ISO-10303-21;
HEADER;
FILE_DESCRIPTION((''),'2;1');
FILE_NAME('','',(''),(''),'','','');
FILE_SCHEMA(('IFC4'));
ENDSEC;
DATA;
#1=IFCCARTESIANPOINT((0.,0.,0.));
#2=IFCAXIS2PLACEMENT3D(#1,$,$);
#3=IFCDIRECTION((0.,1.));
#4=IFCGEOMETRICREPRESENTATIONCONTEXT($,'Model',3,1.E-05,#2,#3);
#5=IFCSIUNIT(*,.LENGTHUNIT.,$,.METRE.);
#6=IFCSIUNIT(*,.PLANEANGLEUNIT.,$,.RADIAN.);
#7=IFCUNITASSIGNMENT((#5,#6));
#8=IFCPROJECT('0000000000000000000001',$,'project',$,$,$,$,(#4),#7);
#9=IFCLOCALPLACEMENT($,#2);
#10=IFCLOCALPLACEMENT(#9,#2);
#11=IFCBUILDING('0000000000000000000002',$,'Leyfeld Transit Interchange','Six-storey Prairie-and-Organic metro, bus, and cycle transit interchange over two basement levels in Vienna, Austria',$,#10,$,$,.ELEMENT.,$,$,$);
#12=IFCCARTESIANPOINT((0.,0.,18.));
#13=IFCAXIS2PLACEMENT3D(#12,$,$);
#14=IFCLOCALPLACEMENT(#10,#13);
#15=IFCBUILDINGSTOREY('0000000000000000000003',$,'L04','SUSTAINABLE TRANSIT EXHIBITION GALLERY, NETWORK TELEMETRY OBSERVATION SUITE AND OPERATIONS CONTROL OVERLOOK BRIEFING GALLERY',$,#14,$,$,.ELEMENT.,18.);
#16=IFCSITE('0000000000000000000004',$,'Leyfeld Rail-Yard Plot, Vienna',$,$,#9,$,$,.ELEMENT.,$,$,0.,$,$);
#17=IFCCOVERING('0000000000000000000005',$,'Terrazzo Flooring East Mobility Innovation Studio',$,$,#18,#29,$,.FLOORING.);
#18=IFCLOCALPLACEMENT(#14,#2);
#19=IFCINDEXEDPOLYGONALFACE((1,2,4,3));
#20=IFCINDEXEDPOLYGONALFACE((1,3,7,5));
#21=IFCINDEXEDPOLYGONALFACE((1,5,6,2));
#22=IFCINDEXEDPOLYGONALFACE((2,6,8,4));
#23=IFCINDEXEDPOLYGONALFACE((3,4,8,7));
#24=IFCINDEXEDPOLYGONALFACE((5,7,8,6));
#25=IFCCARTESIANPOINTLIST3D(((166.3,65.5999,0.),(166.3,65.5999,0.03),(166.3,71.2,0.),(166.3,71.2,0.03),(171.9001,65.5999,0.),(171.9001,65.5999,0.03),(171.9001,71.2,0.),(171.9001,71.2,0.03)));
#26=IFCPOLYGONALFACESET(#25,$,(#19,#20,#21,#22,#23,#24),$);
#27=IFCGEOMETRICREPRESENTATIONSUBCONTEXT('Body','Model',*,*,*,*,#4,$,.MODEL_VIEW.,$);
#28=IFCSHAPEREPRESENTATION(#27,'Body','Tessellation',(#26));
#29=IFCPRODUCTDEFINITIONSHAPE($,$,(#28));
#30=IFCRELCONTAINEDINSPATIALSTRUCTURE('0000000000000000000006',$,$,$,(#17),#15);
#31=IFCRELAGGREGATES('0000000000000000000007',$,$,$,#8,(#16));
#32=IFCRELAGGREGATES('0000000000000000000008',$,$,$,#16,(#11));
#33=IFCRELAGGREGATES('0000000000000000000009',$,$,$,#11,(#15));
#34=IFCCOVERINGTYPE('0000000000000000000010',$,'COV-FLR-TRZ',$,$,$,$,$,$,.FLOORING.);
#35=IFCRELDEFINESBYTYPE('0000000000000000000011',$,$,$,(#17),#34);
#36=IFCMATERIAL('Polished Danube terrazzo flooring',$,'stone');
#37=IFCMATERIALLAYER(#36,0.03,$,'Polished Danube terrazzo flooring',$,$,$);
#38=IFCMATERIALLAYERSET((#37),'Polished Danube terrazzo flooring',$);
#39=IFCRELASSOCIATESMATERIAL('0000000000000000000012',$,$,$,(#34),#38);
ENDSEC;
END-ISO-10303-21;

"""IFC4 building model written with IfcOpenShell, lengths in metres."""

from ifc_helpers import new_model, si_unit, direction, frame, origin, origin_2d, place, context, subcontext, project, spatial, rectangle, extrude, material, layer, layer_set, type_object, element, save


model = new_model("IFC4")

# Units and contexts
model_context = context("Model", 3, precision=1e-05, world=origin(), true_north=direction((0.0, 1.0)))
body_context = subcontext(model_context, "Body", "Model", "MODEL_VIEW")
ifc_project = project(units=[si_unit("LENGTHUNIT", "METRE"), si_unit("PLANEANGLEUNIT", "RADIAN")], contexts=[model_context])

# Site, building, storey
site_placement = place(None, origin())
site = spatial("IfcSite", under=ifc_project, at=site_placement, Name="Leyfeld Rail-Yard Plot, Vienna", CompositionType="ELEMENT", RefElevation=0.0)
building_placement = place(site_placement, origin())
building = spatial("IfcBuilding", under=site, at=building_placement, Name="Leyfeld Transit Interchange", Description="Six-storey Prairie-and-Organic metro, bus, and cycle transit interchange over two basement levels in Vienna, Austria", CompositionType="ELEMENT")
storey_placement = place(building_placement, frame((0.0, 0.0, 18.0)))
storey = spatial("IfcBuildingStorey", under=building, at=storey_placement, Name="L04", Description="SUSTAINABLE TRANSIT EXHIBITION GALLERY, NETWORK TELEMETRY OBSERVATION SUITE AND OPERATIONS CONTROL OVERLOOK BRIEFING GALLERY", CompositionType="ELEMENT", Elevation=18.0)

# Covering
ifc_material_1 = material(Name="Polished Danube terrazzo flooring", Category="stone")
ifc_layer_1 = layer(ifc_material_1, 0.03, Name="Polished Danube terrazzo flooring")
ifc_layer_set_1 = layer_set([ifc_layer_1], Name="Polished Danube terrazzo flooring")
covering_type_1 = type_object("IfcCoveringType", Name="COV-FLR-TRZ", PredefinedType="FLOORING", material=ifc_layer_set_1)
covering_1_placement = place(storey_placement, frame((169.1001, 68.3999, 0.0), z_axis=(0.0, 0.0, 1.0), x_axis=(1.0, 0.0, 0.0)))
element("IfcCovering", 1, at=covering_1_placement, inside=storey, type_object=covering_type_1, Name="Terrazzo Flooring East Mobility Innovation Studio", PredefinedType="FLOORING", context=body_context, shape_type="SweptSolid", body=[
    extrude(rectangle(XDim=5.6001, YDim=5.6001, at=origin_2d()), origin(), (0.0, 0.0, 1.0), 0.03),
])

save(model, "model.ifc")
